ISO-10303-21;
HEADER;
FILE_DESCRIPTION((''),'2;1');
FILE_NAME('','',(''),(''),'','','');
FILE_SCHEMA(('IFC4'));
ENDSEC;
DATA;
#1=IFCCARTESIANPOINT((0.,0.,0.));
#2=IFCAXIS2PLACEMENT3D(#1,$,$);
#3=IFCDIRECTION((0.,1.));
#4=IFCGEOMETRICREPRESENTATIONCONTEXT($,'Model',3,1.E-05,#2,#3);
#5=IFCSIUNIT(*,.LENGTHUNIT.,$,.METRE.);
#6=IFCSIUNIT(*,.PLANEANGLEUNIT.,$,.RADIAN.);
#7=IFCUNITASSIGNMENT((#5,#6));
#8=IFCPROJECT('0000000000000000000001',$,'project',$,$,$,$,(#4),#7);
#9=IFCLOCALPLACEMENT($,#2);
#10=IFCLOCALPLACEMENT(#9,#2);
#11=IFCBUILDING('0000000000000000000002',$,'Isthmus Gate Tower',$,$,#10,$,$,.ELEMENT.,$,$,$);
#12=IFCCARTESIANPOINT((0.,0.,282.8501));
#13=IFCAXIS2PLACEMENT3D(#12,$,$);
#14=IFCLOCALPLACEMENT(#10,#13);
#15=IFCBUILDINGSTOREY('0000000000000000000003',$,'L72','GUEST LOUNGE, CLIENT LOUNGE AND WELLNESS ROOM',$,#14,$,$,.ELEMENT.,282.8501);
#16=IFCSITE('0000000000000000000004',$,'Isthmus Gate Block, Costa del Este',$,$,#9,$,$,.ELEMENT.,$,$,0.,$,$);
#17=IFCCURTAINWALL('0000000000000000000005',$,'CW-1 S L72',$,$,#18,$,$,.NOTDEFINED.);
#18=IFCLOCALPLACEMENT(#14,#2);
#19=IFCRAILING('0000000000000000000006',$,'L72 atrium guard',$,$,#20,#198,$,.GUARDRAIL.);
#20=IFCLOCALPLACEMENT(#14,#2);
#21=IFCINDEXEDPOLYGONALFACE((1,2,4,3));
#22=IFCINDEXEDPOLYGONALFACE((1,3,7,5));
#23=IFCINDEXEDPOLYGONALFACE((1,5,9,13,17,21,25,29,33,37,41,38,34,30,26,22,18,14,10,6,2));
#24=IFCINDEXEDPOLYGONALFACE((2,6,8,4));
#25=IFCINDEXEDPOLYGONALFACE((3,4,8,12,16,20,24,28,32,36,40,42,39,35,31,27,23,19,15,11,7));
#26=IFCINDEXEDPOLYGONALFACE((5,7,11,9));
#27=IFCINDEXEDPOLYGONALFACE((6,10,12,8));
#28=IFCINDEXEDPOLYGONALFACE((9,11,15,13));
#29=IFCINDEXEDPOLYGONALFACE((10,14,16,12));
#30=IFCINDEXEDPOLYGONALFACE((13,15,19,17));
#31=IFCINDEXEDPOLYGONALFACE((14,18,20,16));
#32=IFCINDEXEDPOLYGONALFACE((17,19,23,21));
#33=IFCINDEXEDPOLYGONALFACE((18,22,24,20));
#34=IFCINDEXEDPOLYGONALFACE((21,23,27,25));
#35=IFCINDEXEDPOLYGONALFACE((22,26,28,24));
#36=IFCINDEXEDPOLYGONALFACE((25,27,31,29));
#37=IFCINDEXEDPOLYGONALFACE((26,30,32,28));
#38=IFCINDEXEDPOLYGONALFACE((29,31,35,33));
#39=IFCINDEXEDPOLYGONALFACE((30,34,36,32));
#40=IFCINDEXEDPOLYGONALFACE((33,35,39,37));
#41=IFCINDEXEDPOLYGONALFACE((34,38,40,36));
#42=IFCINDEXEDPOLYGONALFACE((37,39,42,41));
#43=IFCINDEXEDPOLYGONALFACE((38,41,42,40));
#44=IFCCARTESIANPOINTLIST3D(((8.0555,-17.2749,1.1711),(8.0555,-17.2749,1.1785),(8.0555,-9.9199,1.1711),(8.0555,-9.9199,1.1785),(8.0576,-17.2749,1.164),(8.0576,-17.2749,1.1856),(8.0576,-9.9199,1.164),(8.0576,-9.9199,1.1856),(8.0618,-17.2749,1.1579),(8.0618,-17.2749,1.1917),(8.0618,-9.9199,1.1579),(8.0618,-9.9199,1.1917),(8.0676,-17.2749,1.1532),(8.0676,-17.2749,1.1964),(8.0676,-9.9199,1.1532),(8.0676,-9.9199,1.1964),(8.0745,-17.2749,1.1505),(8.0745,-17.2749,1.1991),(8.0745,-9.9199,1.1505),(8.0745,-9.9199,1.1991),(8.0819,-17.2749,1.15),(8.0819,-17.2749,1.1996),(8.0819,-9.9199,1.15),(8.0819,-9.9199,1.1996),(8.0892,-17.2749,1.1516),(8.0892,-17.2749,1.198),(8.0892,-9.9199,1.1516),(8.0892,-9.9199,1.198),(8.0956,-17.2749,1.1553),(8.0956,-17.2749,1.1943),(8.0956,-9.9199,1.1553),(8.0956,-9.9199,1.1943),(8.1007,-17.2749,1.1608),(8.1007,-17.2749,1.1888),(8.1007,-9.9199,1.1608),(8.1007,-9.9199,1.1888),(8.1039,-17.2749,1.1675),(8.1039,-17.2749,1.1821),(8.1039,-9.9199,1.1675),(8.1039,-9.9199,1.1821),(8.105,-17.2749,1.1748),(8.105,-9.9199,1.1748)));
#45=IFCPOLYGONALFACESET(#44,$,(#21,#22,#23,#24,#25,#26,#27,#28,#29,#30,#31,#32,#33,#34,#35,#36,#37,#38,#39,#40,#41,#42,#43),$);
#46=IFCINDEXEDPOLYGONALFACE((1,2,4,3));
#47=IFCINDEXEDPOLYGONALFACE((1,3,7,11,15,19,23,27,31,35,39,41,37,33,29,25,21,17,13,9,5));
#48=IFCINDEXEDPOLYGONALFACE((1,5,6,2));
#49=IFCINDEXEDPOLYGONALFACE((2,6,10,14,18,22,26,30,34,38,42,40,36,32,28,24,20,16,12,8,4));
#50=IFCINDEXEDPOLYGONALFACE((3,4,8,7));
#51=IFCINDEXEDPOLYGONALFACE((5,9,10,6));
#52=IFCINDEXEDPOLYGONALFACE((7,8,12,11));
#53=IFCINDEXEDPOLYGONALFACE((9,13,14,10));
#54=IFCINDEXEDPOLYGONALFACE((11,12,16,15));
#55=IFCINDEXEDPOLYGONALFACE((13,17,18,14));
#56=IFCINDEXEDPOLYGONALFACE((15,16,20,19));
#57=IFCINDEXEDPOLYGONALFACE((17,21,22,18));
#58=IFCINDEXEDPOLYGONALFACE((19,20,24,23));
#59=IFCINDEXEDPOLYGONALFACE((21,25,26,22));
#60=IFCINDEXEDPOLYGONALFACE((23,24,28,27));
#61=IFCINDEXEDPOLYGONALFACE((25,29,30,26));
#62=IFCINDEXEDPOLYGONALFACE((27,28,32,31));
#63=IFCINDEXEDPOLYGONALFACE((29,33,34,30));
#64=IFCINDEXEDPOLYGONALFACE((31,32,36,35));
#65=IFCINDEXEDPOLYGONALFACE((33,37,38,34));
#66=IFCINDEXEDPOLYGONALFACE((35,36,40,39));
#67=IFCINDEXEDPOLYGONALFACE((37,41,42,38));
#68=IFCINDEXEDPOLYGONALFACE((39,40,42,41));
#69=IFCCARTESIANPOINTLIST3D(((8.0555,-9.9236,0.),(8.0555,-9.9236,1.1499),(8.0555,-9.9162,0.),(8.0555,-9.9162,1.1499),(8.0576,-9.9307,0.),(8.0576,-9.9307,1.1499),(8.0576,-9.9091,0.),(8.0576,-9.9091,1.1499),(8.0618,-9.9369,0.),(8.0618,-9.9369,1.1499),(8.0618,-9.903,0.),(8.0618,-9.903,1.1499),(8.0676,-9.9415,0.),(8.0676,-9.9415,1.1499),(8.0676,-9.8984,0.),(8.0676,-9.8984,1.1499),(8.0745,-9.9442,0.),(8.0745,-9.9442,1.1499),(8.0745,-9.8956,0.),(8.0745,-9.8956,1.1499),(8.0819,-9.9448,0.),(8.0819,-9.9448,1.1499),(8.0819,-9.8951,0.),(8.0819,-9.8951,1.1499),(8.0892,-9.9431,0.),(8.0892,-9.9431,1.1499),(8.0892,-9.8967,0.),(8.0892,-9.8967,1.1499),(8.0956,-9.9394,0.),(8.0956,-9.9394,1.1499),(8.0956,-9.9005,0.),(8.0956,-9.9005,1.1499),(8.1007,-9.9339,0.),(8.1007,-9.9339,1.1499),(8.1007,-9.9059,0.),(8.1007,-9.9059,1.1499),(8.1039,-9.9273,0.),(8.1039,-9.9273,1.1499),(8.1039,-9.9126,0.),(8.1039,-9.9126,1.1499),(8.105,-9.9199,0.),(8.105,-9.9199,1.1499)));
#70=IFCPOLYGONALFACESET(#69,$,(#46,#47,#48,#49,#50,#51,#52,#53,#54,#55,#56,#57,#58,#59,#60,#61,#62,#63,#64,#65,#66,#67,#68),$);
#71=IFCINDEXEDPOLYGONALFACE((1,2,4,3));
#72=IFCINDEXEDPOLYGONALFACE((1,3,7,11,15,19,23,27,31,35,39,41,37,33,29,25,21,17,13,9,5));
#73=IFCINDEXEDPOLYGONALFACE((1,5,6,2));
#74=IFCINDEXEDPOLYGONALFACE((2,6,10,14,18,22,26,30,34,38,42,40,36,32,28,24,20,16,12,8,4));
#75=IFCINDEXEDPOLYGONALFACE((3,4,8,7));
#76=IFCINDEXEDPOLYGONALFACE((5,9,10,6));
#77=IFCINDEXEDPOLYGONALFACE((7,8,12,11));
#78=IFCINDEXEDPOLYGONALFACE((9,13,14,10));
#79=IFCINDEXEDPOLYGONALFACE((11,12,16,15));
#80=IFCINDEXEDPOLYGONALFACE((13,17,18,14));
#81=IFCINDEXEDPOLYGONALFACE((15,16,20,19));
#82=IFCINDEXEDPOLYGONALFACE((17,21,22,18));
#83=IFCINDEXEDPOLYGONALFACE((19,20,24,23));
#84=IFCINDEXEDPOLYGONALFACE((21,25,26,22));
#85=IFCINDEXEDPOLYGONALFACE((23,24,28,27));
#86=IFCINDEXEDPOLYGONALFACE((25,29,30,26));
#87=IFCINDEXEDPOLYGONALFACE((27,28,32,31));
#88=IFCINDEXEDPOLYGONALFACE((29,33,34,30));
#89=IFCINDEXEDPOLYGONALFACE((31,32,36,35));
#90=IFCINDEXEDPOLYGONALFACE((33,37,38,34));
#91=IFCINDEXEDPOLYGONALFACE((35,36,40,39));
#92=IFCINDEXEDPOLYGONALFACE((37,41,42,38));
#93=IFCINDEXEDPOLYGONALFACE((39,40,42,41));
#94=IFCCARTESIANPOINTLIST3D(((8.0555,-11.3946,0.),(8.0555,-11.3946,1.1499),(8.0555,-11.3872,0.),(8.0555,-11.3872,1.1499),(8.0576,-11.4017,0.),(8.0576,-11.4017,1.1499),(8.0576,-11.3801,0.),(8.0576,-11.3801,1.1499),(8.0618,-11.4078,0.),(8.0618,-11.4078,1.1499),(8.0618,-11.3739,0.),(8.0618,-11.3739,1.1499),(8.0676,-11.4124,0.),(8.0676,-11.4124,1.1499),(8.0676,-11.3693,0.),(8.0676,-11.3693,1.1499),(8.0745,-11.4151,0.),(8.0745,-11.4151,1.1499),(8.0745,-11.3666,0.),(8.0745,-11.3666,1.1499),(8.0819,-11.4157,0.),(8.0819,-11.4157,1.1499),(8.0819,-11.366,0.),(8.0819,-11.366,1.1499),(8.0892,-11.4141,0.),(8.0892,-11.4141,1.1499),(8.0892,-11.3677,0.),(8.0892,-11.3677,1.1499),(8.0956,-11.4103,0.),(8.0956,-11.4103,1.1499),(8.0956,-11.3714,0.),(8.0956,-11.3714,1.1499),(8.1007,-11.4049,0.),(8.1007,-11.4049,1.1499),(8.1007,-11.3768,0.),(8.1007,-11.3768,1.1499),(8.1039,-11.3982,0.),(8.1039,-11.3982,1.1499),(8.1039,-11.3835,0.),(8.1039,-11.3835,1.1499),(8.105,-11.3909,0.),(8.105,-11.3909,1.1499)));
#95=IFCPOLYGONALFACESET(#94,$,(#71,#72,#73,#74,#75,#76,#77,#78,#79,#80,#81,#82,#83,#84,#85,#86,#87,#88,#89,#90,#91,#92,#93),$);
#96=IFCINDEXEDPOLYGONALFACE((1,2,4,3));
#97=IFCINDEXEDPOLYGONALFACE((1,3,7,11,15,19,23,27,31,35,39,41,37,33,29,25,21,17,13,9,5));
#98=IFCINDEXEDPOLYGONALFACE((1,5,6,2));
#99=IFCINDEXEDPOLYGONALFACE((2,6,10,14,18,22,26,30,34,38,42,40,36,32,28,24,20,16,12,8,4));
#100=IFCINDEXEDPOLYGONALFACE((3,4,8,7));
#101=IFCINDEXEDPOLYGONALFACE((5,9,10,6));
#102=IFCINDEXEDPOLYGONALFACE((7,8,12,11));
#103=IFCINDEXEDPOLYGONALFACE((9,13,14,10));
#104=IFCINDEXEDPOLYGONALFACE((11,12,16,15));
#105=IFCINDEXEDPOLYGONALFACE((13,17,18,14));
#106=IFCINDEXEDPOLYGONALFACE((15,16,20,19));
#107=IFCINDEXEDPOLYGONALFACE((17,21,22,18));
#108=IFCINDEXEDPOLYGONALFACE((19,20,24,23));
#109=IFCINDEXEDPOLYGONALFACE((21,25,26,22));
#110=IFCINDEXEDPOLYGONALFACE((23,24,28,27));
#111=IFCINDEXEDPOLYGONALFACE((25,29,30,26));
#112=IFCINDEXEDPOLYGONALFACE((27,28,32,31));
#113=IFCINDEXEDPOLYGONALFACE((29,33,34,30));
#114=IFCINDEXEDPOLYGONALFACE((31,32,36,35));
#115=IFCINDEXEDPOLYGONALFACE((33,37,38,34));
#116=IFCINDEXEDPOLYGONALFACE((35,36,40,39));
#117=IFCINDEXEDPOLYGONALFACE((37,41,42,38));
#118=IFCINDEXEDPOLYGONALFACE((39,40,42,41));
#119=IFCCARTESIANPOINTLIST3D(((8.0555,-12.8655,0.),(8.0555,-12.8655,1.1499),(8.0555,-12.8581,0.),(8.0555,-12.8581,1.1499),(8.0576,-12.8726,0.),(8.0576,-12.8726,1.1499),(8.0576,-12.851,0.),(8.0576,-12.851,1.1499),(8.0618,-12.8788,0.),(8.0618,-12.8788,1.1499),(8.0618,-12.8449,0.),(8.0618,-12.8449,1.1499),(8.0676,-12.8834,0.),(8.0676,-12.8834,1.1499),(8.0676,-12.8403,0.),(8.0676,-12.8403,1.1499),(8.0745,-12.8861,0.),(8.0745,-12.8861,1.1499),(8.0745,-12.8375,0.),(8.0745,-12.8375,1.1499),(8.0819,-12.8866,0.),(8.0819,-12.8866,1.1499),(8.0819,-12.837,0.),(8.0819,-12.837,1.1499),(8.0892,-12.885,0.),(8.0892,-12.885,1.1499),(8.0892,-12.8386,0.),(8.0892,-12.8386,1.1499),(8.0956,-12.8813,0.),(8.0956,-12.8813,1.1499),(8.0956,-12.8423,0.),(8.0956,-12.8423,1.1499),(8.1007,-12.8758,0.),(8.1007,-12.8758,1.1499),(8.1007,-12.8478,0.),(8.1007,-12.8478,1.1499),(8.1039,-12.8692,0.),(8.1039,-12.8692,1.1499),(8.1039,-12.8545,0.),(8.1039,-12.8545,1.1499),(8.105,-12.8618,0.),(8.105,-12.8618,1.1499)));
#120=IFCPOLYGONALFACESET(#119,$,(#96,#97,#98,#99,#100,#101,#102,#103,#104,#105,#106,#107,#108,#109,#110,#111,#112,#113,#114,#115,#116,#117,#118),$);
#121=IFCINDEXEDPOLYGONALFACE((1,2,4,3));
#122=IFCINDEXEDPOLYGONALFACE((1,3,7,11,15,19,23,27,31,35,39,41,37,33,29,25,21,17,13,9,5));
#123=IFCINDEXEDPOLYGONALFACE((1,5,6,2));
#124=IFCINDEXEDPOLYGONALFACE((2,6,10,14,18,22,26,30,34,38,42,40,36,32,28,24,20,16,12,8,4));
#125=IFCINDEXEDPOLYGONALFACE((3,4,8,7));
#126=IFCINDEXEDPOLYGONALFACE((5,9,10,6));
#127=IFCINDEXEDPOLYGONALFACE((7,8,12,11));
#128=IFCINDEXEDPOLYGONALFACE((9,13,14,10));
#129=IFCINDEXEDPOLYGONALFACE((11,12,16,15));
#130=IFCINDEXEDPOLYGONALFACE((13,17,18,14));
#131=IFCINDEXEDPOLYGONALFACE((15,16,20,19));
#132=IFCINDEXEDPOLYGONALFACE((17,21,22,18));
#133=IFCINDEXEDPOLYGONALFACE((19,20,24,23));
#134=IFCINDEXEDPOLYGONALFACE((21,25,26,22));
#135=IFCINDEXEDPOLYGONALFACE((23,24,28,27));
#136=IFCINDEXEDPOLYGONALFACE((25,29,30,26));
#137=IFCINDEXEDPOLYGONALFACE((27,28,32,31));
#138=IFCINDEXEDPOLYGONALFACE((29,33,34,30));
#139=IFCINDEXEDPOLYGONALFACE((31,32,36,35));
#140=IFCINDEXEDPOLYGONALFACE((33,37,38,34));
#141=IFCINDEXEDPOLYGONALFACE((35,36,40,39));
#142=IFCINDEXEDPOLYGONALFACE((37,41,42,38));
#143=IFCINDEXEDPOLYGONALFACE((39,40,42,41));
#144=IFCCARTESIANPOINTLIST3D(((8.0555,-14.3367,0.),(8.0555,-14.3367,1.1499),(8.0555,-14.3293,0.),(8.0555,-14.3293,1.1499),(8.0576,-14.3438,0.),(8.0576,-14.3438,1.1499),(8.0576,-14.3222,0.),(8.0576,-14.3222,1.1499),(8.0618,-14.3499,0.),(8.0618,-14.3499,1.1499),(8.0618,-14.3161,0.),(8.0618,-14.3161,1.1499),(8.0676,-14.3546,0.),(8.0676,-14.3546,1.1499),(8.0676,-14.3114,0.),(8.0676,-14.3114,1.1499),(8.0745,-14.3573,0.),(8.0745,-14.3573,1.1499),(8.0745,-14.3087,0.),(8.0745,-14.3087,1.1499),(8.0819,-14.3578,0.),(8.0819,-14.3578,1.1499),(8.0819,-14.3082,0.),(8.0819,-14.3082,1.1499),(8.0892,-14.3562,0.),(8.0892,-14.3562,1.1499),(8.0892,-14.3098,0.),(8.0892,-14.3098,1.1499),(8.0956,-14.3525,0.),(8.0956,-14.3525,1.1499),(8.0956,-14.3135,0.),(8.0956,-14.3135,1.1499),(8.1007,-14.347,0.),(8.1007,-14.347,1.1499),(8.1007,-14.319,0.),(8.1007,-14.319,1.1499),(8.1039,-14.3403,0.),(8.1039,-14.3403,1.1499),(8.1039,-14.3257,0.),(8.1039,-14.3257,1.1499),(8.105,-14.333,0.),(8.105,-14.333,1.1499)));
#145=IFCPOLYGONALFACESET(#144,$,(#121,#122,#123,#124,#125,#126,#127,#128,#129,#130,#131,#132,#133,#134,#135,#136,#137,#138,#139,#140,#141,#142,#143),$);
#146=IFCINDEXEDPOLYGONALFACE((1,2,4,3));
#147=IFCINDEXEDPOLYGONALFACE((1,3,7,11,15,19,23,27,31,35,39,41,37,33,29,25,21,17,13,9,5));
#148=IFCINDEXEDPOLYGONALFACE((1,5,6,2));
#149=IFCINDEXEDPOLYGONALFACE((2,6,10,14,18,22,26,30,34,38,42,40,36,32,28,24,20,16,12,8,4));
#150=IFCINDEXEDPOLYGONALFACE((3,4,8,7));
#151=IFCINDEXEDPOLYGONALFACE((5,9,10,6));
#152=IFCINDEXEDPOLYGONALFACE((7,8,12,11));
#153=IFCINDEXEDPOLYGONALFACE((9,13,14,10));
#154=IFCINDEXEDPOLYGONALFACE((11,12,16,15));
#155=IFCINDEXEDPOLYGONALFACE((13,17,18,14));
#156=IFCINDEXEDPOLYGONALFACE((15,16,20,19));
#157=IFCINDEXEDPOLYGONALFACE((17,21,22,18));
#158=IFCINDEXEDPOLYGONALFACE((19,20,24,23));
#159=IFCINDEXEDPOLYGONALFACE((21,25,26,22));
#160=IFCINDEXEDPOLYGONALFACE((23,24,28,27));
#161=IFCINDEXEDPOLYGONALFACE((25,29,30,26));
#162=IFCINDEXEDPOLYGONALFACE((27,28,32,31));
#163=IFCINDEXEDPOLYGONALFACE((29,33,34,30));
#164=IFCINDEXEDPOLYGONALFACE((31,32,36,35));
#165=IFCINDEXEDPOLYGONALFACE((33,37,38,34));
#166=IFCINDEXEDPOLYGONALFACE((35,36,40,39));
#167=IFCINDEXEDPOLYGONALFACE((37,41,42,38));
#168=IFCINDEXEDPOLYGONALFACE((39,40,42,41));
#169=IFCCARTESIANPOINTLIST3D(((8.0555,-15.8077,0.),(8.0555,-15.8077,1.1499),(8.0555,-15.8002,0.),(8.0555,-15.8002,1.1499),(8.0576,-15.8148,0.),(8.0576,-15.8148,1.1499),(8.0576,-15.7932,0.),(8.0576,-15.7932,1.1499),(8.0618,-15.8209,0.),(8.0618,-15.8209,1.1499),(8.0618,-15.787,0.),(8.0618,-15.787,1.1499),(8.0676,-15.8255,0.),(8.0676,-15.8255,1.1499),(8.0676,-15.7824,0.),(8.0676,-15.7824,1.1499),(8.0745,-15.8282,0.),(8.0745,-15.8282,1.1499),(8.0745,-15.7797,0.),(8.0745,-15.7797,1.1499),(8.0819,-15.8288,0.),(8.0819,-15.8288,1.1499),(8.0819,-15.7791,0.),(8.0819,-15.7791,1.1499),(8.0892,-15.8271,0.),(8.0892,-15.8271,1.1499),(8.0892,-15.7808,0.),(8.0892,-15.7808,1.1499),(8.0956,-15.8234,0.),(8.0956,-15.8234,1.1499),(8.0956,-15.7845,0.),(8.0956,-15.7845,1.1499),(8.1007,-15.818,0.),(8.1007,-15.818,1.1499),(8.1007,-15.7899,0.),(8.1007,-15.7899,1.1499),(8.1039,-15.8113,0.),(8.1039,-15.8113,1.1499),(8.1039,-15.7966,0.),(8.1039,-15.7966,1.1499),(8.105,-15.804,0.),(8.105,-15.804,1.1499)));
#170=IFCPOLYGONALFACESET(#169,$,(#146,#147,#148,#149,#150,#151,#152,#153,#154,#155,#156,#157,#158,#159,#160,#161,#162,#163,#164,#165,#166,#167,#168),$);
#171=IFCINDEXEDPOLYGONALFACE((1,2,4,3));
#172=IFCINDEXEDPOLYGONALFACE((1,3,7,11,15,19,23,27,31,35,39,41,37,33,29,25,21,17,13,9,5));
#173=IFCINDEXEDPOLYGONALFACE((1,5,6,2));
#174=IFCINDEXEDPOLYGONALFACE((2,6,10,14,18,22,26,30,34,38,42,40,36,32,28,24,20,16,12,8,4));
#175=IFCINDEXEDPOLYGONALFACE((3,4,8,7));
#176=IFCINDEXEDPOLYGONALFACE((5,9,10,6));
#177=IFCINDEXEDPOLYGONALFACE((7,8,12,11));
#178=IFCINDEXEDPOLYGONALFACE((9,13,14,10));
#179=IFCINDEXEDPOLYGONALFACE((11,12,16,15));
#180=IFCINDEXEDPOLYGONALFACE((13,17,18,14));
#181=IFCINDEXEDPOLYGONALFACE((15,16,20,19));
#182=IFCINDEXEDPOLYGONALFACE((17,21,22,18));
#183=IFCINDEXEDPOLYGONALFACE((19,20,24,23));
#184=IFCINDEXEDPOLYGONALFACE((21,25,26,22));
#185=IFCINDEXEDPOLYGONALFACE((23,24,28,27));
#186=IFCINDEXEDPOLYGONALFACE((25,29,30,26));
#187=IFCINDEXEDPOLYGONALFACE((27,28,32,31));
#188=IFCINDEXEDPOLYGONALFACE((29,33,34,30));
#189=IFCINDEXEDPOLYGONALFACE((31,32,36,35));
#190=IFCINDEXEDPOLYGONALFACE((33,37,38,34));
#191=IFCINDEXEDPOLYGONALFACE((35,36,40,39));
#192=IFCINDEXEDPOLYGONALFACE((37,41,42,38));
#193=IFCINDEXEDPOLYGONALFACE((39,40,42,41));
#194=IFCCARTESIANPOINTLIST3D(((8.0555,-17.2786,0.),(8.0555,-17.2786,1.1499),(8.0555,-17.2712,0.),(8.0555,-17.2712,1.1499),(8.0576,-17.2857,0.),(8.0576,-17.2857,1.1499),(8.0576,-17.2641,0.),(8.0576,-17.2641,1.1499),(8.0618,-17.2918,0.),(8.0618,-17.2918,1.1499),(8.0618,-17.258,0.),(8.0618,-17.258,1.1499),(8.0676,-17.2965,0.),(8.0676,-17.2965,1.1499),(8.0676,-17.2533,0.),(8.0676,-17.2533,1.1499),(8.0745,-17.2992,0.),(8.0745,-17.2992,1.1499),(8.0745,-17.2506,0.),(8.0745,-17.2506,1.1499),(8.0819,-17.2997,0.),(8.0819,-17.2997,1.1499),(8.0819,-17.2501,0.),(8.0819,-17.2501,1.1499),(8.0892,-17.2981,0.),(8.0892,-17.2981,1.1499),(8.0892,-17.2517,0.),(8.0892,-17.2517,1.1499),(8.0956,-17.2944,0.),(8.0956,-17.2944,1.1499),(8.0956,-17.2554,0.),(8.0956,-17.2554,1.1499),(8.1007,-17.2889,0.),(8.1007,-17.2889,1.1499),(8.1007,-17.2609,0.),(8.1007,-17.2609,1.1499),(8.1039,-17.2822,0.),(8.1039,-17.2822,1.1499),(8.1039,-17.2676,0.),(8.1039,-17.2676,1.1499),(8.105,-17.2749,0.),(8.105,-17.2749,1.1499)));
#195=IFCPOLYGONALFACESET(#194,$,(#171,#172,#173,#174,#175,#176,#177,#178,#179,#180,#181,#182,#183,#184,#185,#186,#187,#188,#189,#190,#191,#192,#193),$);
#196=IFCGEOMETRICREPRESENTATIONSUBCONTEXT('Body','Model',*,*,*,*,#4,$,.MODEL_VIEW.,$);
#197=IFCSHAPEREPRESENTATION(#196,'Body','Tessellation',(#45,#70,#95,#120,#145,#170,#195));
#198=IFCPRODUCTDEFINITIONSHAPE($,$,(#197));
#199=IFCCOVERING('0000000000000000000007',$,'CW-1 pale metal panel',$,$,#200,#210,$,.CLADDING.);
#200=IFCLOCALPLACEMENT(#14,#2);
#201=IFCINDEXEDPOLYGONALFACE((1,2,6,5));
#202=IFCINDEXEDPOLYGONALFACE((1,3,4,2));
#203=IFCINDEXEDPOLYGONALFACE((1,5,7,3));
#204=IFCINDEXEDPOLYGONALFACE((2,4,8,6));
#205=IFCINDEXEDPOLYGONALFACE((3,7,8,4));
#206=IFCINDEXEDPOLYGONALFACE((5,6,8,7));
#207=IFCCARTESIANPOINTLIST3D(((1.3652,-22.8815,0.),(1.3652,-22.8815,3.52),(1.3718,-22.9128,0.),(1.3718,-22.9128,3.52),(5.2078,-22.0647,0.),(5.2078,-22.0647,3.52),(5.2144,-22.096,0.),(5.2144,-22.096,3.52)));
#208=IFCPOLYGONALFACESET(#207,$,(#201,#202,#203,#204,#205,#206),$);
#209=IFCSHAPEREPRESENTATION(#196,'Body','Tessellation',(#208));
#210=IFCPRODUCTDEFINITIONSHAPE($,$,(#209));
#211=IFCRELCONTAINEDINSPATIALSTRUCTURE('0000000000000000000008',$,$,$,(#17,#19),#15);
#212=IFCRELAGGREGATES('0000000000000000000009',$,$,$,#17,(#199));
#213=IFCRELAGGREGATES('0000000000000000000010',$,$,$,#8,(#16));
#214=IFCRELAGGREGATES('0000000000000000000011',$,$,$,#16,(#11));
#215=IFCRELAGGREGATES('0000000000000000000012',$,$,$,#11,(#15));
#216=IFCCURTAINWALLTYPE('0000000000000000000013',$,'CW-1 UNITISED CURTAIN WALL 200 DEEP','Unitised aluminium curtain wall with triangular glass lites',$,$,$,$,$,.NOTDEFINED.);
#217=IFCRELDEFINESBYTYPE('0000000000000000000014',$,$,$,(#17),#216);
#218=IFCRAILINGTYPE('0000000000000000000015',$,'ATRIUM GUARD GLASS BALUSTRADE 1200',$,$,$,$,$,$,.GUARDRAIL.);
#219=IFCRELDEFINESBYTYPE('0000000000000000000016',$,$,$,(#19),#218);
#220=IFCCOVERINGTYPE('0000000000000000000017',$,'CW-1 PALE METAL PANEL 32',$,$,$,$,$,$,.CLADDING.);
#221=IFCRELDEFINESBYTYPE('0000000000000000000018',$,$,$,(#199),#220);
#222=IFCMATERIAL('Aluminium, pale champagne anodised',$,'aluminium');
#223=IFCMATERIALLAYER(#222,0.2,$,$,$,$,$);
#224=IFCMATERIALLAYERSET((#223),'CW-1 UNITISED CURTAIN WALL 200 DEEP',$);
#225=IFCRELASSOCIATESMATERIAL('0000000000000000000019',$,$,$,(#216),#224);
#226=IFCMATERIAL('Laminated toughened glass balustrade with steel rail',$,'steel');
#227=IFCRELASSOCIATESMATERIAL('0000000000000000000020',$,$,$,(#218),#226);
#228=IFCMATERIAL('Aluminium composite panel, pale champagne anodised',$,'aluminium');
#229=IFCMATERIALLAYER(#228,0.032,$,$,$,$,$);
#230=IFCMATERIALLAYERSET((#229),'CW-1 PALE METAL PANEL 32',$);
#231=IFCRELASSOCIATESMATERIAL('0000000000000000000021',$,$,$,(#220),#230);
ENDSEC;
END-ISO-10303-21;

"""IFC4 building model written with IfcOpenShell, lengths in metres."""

from ifc_helpers import new_model, si_unit, direction, frame, origin, origin_2d, place, context, subcontext, project, spatial, rectangle, circle, extrude, material, layer, layer_set, type_object, element, aggregate, save


model = new_model("IFC4")

# Units and contexts
model_context = context("Model", 3, precision=1e-05, world=origin(), true_north=direction((0.0, 1.0)))
body_context = subcontext(model_context, "Body", "Model", "MODEL_VIEW")
ifc_project = project(units=[si_unit("LENGTHUNIT", "METRE"), si_unit("PLANEANGLEUNIT", "RADIAN")], contexts=[model_context])

# Site, building, storey
site_placement = place(None, origin())
site = spatial("IfcSite", under=ifc_project, at=site_placement, Name="Isthmus Gate Block, Costa del Este", CompositionType="ELEMENT", RefElevation=0.0)
building_placement = place(site_placement, origin())
building = spatial("IfcBuilding", under=site, at=building_placement, Name="Isthmus Gate Tower", CompositionType="ELEMENT")
storey_placement = place(building_placement, frame((0.0, 0.0, 282.8501)))
storey = spatial("IfcBuildingStorey", under=building, at=storey_placement, Name="L72", Description="GUEST LOUNGE, CLIENT LOUNGE AND WELLNESS ROOM", CompositionType="ELEMENT", Elevation=282.8501)

# Curtain wall
ifc_material_1 = material(Name="Aluminium, pale champagne anodised", Category="aluminium")
ifc_layer_1 = layer(ifc_material_1, 0.2)
ifc_layer_set_1 = layer_set([ifc_layer_1], Name="CW-1 UNITISED CURTAIN WALL 200 DEEP")
curtain_wall_type = type_object("IfcCurtainWallType", Name="CW-1 UNITISED CURTAIN WALL 200 DEEP", Description="Unitised aluminium curtain wall with triangular glass lites", PredefinedType="NOTDEFINED", material=ifc_layer_set_1)
curtain_wall_placement = place(storey_placement, origin())
curtain_wall = element("IfcCurtainWall", 1, at=curtain_wall_placement, inside=storey, type_object=curtain_wall_type, Name="CW-1 S L72", PredefinedType="NOTDEFINED")

# Railing
ifc_material_2 = material(Name="Laminated toughened glass balustrade with steel rail", Category="steel")
railing_type = type_object("IfcRailingType", Name="ATRIUM GUARD GLASS BALUSTRADE 1200", PredefinedType="GUARDRAIL", material=ifc_material_2)
railing_1_placement = place(storey_placement, frame((8.0801, -9.9199, 0.0)))
element("IfcRailing", 2, at=railing_1_placement, inside=storey, type_object=railing_type, Name="L72 atrium guard", PredefinedType="GUARDRAIL", context=body_context, shape_type="SweptSolid", body=[
    extrude(circle(Radius=0.0249, at=origin_2d()), frame((0.0, 0.0, 1.1748), z_axis=(0.0, -1.0, 0.0), x_axis=(1.0, 0.0, 0.0)), (0.0, 0.0, 1.0), 7.355),
    extrude(circle(Radius=0.0249, at=origin_2d()), origin(), (0.0, 0.0, 1.0), 1.1499),
    extrude(circle(Radius=0.0249, at=origin_2d()), frame((0.0, -1.4709, 0.0)), (0.0, 0.0, 1.0), 1.1499),
    extrude(circle(Radius=0.0249, at=origin_2d()), frame((0.0, -2.9419, 0.0)), (0.0, 0.0, 1.0), 1.1499),
    extrude(circle(Radius=0.0249, at=origin_2d()), frame((0.0, -4.4131, 0.0)), (0.0, 0.0, 1.0), 1.1499),
    extrude(circle(Radius=0.0249, at=origin_2d()), frame((0.0, -5.884, 0.0)), (0.0, 0.0, 1.0), 1.1499),
    extrude(circle(Radius=0.0249, at=origin_2d()), frame((0.0, -7.355, 0.0)), (0.0, 0.0, 1.0), 1.1499),
])

# Covering
ifc_material_3 = material(Name="Aluminium composite panel, pale champagne anodised", Category="aluminium")
ifc_layer_2 = layer(ifc_material_3, 0.032)
ifc_layer_set_2 = layer_set([ifc_layer_2], Name="CW-1 PALE METAL PANEL 32")
covering_type = type_object("IfcCoveringType", Name="CW-1 PALE METAL PANEL 32", PredefinedType="CLADDING", material=ifc_layer_set_2)
covering_1_placement = place(storey_placement, frame((3.2898, -22.4888, 0.0), z_axis=(0.0, 0.0, 1.0), x_axis=(0.978148, 0.207912, 0.0)))
covering_1 = element("IfcCovering", 3, at=covering_1_placement, type_object=covering_type, Name="CW-1 pale metal panel", PredefinedType="CLADDING", context=body_context, shape_type="SweptSolid", body=[
    extrude(rectangle(XDim=3.9285, YDim=0.032, at=origin_2d()), origin(), (0.0, 0.0, 1.0), 3.52),
])
aggregate(curtain_wall, [covering_1])

save(model, "model.ifc")
